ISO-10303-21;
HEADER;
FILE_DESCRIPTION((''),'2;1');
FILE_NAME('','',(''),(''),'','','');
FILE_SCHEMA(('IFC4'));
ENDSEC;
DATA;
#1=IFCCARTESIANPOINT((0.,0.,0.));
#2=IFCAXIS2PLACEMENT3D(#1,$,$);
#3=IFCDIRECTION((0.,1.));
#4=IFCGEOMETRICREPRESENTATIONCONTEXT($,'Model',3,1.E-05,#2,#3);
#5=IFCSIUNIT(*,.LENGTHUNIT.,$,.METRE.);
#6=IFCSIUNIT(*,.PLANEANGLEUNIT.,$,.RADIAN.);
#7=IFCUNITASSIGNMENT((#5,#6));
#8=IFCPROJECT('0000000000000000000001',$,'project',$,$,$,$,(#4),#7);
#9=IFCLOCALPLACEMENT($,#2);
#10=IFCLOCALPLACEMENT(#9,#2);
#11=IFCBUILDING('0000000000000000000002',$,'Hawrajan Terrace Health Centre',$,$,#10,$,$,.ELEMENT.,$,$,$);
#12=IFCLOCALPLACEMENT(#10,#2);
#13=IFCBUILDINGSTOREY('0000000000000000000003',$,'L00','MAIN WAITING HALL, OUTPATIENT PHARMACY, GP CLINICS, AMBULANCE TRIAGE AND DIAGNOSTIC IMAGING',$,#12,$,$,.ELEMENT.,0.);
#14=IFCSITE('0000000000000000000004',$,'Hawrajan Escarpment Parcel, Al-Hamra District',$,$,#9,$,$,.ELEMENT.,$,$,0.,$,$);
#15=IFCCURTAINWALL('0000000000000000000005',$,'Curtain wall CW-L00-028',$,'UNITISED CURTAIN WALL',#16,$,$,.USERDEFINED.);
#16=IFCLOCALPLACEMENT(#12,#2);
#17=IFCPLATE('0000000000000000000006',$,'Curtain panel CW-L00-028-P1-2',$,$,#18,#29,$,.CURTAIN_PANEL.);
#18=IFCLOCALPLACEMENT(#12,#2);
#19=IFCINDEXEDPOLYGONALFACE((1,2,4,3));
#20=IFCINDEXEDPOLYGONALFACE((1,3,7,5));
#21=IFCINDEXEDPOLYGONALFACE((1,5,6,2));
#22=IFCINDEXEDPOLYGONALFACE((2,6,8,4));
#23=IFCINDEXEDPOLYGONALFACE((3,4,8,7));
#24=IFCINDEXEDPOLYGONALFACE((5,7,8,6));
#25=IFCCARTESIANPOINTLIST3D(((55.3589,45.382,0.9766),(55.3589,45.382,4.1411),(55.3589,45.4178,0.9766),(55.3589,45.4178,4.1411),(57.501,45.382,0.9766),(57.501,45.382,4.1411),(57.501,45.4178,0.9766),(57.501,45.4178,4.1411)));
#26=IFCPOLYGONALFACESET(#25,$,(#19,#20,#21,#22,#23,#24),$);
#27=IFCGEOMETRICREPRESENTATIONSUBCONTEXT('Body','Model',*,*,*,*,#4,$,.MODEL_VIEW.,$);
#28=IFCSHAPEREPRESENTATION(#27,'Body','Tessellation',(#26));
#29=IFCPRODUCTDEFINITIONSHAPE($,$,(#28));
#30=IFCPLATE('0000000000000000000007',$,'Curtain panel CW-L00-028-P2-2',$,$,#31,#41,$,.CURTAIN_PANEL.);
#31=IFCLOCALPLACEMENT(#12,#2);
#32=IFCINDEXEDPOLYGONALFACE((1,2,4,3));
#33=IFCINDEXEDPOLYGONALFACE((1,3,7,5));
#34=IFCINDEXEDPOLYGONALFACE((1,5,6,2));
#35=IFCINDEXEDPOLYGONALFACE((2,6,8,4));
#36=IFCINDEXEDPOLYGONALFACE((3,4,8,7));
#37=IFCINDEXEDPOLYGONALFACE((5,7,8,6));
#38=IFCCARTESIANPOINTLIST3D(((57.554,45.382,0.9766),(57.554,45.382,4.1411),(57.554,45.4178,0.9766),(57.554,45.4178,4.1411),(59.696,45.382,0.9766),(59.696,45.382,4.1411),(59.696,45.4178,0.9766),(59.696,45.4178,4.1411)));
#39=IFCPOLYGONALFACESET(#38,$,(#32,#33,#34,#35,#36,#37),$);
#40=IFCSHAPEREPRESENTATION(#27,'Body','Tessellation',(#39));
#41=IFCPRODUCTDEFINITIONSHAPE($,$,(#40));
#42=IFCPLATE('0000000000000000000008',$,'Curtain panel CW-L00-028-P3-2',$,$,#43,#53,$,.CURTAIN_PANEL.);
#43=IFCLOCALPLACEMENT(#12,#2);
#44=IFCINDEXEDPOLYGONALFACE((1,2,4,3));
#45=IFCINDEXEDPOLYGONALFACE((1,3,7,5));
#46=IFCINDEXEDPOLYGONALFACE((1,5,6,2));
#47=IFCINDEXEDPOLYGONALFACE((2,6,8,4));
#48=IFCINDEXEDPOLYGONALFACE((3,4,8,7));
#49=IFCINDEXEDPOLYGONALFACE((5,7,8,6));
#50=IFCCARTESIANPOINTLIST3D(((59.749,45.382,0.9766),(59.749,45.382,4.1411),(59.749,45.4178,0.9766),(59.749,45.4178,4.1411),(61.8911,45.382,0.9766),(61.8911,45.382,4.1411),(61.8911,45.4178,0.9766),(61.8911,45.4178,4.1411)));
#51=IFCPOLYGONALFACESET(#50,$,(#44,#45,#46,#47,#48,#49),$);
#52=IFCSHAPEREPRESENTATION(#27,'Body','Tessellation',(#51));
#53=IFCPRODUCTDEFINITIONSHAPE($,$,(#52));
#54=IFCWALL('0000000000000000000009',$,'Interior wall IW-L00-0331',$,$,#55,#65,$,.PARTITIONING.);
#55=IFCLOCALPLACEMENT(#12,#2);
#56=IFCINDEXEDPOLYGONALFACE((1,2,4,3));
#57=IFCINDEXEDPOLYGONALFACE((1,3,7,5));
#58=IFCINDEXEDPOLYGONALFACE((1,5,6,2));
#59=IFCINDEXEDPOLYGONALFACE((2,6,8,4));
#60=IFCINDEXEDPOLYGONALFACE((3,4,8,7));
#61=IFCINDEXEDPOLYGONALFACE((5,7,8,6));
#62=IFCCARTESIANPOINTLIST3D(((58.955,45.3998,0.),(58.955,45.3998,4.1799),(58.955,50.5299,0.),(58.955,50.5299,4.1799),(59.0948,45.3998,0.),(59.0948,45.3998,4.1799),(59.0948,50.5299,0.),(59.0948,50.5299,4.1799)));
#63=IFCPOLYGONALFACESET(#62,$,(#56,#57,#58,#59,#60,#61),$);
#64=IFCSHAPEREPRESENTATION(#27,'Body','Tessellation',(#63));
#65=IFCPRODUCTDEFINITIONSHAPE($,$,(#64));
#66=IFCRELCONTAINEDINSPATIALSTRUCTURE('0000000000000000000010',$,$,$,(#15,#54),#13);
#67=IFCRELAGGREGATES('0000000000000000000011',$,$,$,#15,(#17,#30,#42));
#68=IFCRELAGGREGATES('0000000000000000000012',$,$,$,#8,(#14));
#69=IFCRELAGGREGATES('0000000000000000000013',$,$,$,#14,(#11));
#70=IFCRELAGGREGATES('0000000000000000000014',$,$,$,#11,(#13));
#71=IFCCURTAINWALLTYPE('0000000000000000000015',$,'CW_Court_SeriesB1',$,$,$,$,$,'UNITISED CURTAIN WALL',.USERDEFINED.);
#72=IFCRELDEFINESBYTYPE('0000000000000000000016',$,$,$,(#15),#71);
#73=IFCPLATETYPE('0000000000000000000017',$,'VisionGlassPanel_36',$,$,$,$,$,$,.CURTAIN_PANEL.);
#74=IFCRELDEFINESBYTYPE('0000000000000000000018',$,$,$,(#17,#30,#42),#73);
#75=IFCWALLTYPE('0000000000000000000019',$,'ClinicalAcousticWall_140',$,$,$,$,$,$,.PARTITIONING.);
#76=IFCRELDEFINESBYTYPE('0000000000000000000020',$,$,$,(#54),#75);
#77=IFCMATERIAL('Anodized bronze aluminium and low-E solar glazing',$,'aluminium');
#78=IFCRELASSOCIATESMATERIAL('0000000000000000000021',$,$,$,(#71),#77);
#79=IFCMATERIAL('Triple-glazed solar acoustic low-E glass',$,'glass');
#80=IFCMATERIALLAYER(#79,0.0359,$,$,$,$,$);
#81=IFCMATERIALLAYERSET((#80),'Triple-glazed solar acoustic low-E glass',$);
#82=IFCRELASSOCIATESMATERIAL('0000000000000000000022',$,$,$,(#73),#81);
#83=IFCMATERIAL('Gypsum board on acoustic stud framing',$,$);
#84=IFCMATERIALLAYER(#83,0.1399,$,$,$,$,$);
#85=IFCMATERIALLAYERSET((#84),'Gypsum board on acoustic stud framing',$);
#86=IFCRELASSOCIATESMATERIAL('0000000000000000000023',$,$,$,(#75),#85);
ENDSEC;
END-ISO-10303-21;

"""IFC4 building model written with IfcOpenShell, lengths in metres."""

from ifc_helpers import new_model, si_unit, direction, frame, frame_2d, origin, origin_2d, place, context, subcontext, project, spatial, rectangle, extrude, material, layer, layer_set, type_object, element, aggregate, save


model = new_model("IFC4")

# Units and contexts
model_context = context("Model", 3, precision=1e-05, world=origin(), true_north=direction((0.0, 1.0)))
body_context = subcontext(model_context, "Body", "Model", "MODEL_VIEW")
ifc_project = project(units=[si_unit("LENGTHUNIT", "METRE"), si_unit("PLANEANGLEUNIT", "RADIAN")], contexts=[model_context])

# Site, building, storey
site_placement = place(None, origin())
site = spatial("IfcSite", under=ifc_project, at=site_placement, Name="Hawrajan Escarpment Parcel, Al-Hamra District", CompositionType="ELEMENT", RefElevation=0.0)
building_placement = place(site_placement, origin())
building = spatial("IfcBuilding", under=site, at=building_placement, Name="Hawrajan Terrace Health Centre", CompositionType="ELEMENT")
storey_placement = place(building_placement, origin())
storey = spatial("IfcBuildingStorey", under=building, at=storey_placement, Name="L00", Description="MAIN WAITING HALL, OUTPATIENT PHARMACY, GP CLINICS, AMBULANCE TRIAGE AND DIAGNOSTIC IMAGING", CompositionType="ELEMENT", Elevation=0.0)

# Curtain wall
ifc_material_1 = material(Name="Anodized bronze aluminium and low-E solar glazing", Category="aluminium")
curtain_wall_type = type_object("IfcCurtainWallType", Name="CW_Court_SeriesB1", ElementType="UNITISED CURTAIN WALL", PredefinedType="USERDEFINED", material=ifc_material_1)
curtain_wall_placement = place(storey_placement, origin())
curtain_wall = element("IfcCurtainWall", 1, at=curtain_wall_placement, inside=storey, type_object=curtain_wall_type, Name="Curtain wall CW-L00-028", ObjectType="UNITISED CURTAIN WALL", PredefinedType="USERDEFINED")

# Plates
ifc_material_2 = material(Name="Triple-glazed solar acoustic low-E glass", Category="glass")
ifc_layer_1 = layer(ifc_material_2, 0.0359)
ifc_layer_set_1 = layer_set([ifc_layer_1], Name="Triple-glazed solar acoustic low-E glass")
plate_type_1 = type_object("IfcPlateType", Name="VisionGlassPanel_36", PredefinedType="CURTAIN_PANEL", material=ifc_layer_set_1)
plate_1_placement = place(storey_placement, frame((56.4299, 45.3999, 0.9766), z_axis=(0.0, 0.0, 1.0), x_axis=(1.0, 0.0, 0.0)))
plate_1 = element("IfcPlate", 2, at=plate_1_placement, type_object=plate_type_1, Name="Curtain panel CW-L00-028-P1-2", PredefinedType="CURTAIN_PANEL", context=body_context, shape_type="SweptSolid", body=[
    extrude(rectangle(XDim=2.1421, YDim=0.0359, at=origin_2d()), origin(), (0.0, 0.0, 1.0), 3.1646),
])
plate_2_placement = place(storey_placement, frame((58.625, 45.3999, 0.9766), z_axis=(0.0, 0.0, 1.0), x_axis=(1.0, 0.0, 0.0)))
plate_2 = element("IfcPlate", 3, at=plate_2_placement, type_object=plate_type_1, Name="Curtain panel CW-L00-028-P2-2", PredefinedType="CURTAIN_PANEL", context=body_context, shape_type="SweptSolid", body=[
    extrude(rectangle(XDim=2.1421, YDim=0.0359, at=origin_2d()), origin(), (0.0, 0.0, 1.0), 3.1646),
])
plate_3_placement = place(storey_placement, frame((60.8201, 45.3999, 0.9766), z_axis=(0.0, 0.0, 1.0), x_axis=(1.0, 0.0, 0.0)))
plate_3 = element("IfcPlate", 4, at=plate_3_placement, type_object=plate_type_1, Name="Curtain panel CW-L00-028-P3-2", PredefinedType="CURTAIN_PANEL", context=body_context, shape_type="SweptSolid", body=[
    extrude(rectangle(XDim=2.1421, YDim=0.0359, at=origin_2d()), origin(), (0.0, 0.0, 1.0), 3.1646),
])
aggregate(curtain_wall, [plate_1, plate_2, plate_3])

# Wall
ifc_material_3 = material(Name="Gypsum board on acoustic stud framing")
ifc_layer_2 = layer(ifc_material_3, 0.1399)
ifc_layer_set_2 = layer_set([ifc_layer_2], Name="Gypsum board on acoustic stud framing")
wall_type = type_object("IfcWallType", Name="ClinicalAcousticWall_140", PredefinedType="PARTITIONING", material=ifc_layer_set_2)
wall_placement = place(storey_placement, frame((59.0249, 45.3999, 0.0), z_axis=(0.0, 0.0, 1.0), x_axis=(0.0, 1.0, 0.0)))
element("IfcWall", 5, at=wall_placement, inside=storey, type_object=wall_type, Name="Interior wall IW-L00-0331", PredefinedType="PARTITIONING", context=body_context, shape_type="SweptSolid", body=[
    extrude(rectangle(XDim=5.1301, YDim=0.1399, at=frame_2d((2.5649, 0.0))), origin(), (0.0, 0.0, 1.0), 4.1799),
])

save(model, "model.ifc")
